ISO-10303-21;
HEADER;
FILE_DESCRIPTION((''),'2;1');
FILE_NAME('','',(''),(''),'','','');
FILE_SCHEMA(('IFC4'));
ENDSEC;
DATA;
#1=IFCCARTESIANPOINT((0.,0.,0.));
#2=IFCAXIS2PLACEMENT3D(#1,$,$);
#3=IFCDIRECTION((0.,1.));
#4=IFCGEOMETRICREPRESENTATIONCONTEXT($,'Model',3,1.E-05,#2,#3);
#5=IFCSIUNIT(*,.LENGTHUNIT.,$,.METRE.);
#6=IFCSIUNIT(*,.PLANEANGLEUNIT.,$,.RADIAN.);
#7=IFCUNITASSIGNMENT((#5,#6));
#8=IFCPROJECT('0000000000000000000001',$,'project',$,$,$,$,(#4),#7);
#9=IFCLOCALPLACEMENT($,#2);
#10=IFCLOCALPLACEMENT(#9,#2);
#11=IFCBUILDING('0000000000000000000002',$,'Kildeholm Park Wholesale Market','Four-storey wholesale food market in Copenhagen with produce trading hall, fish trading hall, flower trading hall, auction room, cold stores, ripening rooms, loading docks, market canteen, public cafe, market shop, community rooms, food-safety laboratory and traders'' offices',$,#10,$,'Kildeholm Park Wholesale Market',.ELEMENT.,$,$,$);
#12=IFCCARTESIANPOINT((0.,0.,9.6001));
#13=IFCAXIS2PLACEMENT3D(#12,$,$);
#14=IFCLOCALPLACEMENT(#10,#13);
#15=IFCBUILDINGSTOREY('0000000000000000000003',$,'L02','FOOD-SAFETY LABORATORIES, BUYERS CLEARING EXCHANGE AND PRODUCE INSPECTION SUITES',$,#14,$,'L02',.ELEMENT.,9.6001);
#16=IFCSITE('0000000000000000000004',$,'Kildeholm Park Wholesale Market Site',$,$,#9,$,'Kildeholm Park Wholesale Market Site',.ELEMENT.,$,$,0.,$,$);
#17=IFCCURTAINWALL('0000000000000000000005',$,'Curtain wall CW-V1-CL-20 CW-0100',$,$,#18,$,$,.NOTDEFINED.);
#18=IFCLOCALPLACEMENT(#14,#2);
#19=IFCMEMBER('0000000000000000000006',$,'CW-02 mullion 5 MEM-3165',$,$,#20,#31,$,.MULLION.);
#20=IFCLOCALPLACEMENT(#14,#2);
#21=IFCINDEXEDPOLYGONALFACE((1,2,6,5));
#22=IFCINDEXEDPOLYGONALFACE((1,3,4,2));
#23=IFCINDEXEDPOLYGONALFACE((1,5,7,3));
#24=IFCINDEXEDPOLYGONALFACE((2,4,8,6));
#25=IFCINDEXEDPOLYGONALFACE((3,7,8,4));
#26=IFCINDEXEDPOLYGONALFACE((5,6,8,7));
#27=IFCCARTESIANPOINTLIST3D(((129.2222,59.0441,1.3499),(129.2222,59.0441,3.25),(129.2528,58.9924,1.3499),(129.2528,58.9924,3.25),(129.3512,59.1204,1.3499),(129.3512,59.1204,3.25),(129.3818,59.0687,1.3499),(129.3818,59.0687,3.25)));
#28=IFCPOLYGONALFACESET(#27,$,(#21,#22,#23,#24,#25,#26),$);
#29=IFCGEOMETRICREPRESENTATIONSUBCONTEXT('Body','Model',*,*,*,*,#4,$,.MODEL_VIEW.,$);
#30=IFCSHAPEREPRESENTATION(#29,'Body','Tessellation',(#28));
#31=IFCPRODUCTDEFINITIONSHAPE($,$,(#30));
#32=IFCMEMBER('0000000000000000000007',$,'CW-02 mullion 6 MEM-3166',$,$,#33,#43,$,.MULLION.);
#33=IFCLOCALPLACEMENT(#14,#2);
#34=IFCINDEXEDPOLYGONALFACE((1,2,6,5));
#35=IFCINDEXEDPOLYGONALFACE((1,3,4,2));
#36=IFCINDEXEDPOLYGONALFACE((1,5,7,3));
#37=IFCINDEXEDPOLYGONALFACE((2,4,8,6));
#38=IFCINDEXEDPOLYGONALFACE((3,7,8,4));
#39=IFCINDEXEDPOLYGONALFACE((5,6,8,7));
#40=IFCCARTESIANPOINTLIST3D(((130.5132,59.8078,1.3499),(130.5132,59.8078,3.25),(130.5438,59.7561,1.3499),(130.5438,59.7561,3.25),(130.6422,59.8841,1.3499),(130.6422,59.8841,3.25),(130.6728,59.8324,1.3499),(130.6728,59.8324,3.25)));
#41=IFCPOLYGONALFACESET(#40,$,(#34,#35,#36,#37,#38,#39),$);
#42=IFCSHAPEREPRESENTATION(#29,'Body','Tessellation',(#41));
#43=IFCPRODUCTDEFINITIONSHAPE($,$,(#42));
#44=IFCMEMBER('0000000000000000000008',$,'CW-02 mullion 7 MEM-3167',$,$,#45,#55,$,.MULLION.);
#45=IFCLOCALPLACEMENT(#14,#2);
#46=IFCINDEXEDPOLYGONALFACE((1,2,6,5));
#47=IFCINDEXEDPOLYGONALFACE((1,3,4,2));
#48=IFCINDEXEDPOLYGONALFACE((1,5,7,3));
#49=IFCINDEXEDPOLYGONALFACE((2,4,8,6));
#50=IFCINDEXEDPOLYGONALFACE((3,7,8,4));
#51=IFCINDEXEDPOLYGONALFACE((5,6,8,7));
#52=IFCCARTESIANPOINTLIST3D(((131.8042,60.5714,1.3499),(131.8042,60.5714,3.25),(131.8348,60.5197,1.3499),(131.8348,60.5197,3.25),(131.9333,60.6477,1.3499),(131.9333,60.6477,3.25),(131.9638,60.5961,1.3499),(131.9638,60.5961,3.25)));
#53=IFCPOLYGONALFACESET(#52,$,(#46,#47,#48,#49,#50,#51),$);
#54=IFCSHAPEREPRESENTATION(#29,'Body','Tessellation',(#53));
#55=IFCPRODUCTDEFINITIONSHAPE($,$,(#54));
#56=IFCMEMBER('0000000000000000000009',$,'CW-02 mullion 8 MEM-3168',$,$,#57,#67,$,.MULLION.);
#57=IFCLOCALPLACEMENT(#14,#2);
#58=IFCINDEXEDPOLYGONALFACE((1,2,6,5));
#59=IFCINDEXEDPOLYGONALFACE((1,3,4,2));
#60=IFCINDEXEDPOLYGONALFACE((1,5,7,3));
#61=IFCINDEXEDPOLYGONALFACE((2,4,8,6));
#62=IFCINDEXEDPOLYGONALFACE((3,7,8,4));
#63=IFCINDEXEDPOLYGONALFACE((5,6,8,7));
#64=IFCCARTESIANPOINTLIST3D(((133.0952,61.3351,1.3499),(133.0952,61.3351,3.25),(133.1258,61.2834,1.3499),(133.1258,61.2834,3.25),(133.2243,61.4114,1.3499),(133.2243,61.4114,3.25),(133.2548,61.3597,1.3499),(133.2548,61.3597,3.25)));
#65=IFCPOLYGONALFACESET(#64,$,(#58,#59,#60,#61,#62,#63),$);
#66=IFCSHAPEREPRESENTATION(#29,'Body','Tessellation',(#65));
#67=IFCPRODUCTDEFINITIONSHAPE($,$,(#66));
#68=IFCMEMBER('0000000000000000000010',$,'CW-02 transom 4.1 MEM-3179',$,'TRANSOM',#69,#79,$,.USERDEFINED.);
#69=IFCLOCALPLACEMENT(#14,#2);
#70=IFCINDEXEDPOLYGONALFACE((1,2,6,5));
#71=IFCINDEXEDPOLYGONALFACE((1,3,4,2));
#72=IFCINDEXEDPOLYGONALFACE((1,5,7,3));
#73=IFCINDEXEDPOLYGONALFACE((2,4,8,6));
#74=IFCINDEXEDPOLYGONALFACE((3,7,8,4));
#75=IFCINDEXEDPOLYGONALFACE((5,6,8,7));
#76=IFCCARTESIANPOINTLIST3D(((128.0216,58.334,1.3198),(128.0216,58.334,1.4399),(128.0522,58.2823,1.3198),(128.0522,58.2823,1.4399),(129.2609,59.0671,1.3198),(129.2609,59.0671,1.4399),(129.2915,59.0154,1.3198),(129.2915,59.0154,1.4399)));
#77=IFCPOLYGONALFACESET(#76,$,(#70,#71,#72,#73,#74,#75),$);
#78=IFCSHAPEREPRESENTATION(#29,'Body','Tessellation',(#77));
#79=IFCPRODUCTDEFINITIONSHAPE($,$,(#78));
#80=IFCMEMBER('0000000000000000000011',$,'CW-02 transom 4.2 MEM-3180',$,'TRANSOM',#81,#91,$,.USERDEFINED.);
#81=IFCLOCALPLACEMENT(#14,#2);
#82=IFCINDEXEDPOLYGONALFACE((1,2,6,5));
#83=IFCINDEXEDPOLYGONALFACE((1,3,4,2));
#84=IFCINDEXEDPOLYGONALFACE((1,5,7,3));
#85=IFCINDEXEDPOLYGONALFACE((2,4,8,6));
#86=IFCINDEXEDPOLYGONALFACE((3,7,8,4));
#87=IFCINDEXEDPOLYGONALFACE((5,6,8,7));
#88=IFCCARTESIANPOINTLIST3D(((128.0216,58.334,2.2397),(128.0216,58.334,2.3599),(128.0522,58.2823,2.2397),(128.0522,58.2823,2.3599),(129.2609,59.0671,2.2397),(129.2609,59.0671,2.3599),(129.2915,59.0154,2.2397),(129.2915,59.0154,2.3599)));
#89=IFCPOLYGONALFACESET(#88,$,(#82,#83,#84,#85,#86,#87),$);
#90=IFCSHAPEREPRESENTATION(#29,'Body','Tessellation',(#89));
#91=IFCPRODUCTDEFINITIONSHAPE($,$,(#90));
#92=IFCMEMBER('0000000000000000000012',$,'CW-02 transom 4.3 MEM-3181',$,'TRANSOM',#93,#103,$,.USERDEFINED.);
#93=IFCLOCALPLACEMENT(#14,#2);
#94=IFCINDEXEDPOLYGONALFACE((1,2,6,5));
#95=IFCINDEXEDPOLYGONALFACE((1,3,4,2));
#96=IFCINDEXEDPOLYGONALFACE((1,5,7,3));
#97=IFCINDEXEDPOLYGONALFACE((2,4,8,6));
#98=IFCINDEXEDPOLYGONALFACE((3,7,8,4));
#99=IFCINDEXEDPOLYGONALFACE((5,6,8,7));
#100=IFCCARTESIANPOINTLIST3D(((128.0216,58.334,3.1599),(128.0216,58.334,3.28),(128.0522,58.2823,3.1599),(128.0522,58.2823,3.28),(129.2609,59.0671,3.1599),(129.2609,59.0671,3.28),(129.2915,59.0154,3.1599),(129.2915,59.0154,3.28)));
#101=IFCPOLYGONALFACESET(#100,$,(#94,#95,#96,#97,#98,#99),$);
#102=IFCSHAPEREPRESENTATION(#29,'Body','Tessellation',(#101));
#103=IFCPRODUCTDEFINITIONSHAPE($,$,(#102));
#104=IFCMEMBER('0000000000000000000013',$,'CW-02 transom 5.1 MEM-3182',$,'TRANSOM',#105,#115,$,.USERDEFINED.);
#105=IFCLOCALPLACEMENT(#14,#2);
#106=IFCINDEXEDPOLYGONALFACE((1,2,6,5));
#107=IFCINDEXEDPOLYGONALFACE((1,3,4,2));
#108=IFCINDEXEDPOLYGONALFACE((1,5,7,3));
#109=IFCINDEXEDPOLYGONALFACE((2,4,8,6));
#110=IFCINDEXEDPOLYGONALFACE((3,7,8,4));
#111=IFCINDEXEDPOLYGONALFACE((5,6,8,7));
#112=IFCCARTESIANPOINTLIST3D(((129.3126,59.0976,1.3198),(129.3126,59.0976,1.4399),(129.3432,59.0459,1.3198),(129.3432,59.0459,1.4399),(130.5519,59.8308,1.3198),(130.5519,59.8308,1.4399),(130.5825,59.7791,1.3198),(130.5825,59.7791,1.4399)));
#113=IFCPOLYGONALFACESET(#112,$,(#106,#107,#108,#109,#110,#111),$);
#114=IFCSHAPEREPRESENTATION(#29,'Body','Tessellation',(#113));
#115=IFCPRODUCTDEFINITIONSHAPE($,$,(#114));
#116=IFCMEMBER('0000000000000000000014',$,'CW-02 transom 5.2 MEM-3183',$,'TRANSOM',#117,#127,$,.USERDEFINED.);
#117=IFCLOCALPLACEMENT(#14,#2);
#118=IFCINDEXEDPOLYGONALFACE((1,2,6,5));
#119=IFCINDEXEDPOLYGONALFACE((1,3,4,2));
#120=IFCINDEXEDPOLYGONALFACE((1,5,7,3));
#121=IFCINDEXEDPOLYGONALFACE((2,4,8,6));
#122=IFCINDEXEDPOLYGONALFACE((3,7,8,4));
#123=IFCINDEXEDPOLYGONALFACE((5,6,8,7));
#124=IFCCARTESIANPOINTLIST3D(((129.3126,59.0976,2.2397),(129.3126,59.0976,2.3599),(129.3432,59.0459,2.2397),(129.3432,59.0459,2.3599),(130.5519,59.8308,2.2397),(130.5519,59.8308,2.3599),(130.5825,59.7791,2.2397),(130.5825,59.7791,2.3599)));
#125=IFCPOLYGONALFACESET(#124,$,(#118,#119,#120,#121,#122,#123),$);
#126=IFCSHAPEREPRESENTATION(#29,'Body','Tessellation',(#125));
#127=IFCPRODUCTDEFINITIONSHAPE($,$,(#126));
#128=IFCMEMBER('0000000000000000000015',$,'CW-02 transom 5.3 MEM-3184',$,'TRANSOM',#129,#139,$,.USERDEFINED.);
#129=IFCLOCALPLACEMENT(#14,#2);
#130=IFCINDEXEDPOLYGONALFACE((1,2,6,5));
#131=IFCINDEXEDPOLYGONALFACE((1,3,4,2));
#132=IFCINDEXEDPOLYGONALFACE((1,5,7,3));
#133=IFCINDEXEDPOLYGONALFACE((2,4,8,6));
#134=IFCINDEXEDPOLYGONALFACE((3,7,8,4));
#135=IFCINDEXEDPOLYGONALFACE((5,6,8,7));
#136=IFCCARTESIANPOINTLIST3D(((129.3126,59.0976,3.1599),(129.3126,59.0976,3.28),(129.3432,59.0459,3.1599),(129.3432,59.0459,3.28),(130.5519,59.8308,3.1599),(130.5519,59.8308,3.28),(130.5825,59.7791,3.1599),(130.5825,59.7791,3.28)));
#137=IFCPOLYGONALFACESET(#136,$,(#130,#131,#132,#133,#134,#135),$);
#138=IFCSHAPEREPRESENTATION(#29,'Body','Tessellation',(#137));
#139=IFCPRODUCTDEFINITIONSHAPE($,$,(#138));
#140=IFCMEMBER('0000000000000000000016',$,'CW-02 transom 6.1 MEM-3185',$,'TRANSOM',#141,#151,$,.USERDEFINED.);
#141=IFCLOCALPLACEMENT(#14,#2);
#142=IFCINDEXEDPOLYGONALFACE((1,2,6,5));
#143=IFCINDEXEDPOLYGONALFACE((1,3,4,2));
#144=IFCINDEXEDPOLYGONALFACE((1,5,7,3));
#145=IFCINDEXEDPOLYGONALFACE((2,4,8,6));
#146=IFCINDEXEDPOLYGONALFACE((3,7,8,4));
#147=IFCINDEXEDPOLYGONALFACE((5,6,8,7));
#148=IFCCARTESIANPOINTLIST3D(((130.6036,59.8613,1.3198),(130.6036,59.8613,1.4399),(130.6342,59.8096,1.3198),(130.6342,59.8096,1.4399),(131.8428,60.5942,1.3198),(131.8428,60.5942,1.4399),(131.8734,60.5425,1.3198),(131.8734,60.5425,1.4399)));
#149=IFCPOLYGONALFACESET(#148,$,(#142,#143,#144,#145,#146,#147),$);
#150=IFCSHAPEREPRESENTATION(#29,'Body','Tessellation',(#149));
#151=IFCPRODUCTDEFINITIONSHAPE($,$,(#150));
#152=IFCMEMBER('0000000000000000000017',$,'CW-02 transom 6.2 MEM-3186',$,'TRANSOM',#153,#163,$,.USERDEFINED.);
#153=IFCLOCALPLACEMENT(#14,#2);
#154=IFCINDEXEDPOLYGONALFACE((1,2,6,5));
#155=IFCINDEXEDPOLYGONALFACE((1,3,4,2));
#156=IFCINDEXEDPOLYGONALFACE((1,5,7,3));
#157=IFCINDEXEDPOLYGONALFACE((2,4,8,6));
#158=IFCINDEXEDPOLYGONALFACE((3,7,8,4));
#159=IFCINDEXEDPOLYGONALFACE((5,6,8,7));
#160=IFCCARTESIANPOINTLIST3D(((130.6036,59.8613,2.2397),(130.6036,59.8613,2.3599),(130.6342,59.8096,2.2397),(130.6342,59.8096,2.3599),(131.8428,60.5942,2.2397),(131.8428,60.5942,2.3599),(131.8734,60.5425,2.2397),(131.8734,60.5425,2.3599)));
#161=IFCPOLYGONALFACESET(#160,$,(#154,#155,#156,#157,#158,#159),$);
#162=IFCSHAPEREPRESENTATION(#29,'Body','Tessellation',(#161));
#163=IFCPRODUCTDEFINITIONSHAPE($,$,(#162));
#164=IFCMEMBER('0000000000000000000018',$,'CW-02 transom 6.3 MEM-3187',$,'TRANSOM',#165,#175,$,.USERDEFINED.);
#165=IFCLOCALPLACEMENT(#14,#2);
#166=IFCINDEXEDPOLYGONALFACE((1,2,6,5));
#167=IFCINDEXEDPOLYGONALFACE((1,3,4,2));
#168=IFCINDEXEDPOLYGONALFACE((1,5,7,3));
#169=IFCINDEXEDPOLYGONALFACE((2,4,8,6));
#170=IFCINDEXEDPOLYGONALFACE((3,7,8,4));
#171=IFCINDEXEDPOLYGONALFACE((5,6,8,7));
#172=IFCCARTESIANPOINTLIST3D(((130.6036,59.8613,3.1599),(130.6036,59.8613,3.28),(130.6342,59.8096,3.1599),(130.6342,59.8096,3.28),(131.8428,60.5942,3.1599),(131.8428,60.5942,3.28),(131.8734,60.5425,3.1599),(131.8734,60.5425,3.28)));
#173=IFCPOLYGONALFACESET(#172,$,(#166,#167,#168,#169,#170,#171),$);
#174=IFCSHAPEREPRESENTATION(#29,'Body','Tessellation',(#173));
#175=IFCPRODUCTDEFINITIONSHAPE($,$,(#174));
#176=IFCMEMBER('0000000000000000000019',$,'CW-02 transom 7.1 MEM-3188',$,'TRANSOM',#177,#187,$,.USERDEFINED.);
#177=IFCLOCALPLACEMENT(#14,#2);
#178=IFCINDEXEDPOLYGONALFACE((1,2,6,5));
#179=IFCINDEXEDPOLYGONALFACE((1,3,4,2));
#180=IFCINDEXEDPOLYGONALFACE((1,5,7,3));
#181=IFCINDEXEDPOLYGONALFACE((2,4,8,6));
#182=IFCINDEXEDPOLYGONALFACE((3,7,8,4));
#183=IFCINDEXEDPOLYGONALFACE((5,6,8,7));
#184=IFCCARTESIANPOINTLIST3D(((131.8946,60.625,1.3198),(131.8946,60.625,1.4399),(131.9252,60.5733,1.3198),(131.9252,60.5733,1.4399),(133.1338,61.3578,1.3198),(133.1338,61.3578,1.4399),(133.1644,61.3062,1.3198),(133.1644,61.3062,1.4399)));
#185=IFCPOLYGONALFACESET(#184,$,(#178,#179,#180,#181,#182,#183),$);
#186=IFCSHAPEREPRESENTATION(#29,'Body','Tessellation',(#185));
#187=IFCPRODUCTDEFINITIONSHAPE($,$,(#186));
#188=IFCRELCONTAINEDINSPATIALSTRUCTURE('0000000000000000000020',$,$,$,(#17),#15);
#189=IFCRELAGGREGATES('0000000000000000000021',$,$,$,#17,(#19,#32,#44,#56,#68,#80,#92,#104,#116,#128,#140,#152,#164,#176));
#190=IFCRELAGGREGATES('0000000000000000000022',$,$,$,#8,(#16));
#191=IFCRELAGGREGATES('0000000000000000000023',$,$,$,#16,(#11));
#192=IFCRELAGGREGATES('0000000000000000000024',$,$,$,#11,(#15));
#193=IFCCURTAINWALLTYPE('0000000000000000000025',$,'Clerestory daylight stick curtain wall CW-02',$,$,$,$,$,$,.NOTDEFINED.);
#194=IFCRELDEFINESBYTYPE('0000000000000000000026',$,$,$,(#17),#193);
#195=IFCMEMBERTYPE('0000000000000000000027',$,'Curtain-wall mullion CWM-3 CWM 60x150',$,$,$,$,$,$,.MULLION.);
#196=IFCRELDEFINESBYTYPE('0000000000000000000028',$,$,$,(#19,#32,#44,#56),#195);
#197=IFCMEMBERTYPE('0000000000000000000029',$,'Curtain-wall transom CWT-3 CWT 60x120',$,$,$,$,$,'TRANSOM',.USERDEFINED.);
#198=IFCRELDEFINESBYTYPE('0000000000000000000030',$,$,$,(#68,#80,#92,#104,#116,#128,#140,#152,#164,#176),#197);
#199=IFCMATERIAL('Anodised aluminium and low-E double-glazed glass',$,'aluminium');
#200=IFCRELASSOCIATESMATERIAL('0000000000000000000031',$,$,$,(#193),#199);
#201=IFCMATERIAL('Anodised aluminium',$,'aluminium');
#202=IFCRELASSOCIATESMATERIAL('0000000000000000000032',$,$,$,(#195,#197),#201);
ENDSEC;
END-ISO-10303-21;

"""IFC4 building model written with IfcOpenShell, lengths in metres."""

from ifc_helpers import new_model, si_unit, direction, frame, origin, origin_2d, place, context, subcontext, project, spatial, rectangle, extrude, material, material_profile, profile_set, type_object, element, aggregate, save


model = new_model("IFC4")

# Units and contexts
model_context = context("Model", 3, precision=1e-05, world=origin(), true_north=direction((0.0, 1.0)))
body_context = subcontext(model_context, "Body", "Model", "MODEL_VIEW")
ifc_project = project(units=[si_unit("LENGTHUNIT", "METRE"), si_unit("PLANEANGLEUNIT", "RADIAN")], contexts=[model_context])

# Site, building, storey
site_placement = place(None, origin())
site = spatial("IfcSite", under=ifc_project, at=site_placement, Name="Kildeholm Park Wholesale Market Site", LongName="Kildeholm Park Wholesale Market Site", CompositionType="ELEMENT", RefElevation=0.0)
building_placement = place(site_placement, origin())
building = spatial("IfcBuilding", under=site, at=building_placement, Name="Kildeholm Park Wholesale Market", Description="Four-storey wholesale food market in Copenhagen with produce trading hall, fish trading hall, flower trading hall, auction room, cold stores, ripening rooms, loading docks, market canteen, public cafe, market shop, community rooms, food-safety laboratory and traders' offices", LongName="Kildeholm Park Wholesale Market", CompositionType="ELEMENT")
storey_placement = place(building_placement, frame((0.0, 0.0, 9.6001)))
storey = spatial("IfcBuildingStorey", under=building, at=storey_placement, Name="L02", Description="FOOD-SAFETY LABORATORIES, BUYERS CLEARING EXCHANGE AND PRODUCE INSPECTION SUITES", LongName="L02", CompositionType="ELEMENT", Elevation=9.6001)

# Curtain wall, members
ifc_material_1 = material(Name="Anodised aluminium and low-E double-glazed glass", Category="aluminium")
curtain_wall_type = type_object("IfcCurtainWallType", Name="Clerestory daylight stick curtain wall CW-02", PredefinedType="NOTDEFINED", material=ifc_material_1)
curtain_wall_placement = place(storey_placement, origin())
curtain_wall = element("IfcCurtainWall", 1, at=curtain_wall_placement, inside=storey, type_object=curtain_wall_type, Name="Curtain wall CW-V1-CL-20 CW-0100", PredefinedType="NOTDEFINED")
ifc_material_2 = material(Name="Anodised aluminium", Category="aluminium")
ifc_material_profile_1 = material_profile(ifc_material_2, rectangle(XDim=0.0601, YDim=0.1499, at=origin_2d()), Name="CWM 60x150")
ifc_profile_set_1 = profile_set([ifc_material_profile_1], Name="Anodised aluminium")
member_type_1 = type_object("IfcMemberType", Name="Curtain-wall mullion CWM-3 CWM 60x150", PredefinedType="MULLION", material=ifc_profile_set_1)
member_1_placement = place(storey_placement, frame((129.302, 59.0564, 1.3499), z_axis=(0.0, 0.0, 1.0), x_axis=(-0.509105, 0.860704, 0.0)))
member_1 = element("IfcMember", 2, at=member_1_placement, type_object=member_type_1, Name="CW-02 mullion 5 MEM-3165", PredefinedType="MULLION", context=body_context, shape_type="SweptSolid", body=[
    extrude(rectangle(XDim=0.0601, YDim=0.1499, at=origin_2d()), origin(), (0.0, 0.0, 1.0), 1.9001),
])
member_2_placement = place(storey_placement, frame((130.593, 59.8201, 1.3499), z_axis=(0.0, 0.0, 1.0), x_axis=(-0.509105, 0.860704, 0.0)))
member_2 = element("IfcMember", 3, at=member_2_placement, type_object=member_type_1, Name="CW-02 mullion 6 MEM-3166", PredefinedType="MULLION", context=body_context, shape_type="SweptSolid", body=[
    extrude(rectangle(XDim=0.0601, YDim=0.1499, at=origin_2d()), origin(), (0.0, 0.0, 1.0), 1.9001),
])
member_3_placement = place(storey_placement, frame((131.884, 60.5837, 1.3499), z_axis=(0.0, 0.0, 1.0), x_axis=(-0.509105, 0.860704, 0.0)))
member_3 = element("IfcMember", 4, at=member_3_placement, type_object=member_type_1, Name="CW-02 mullion 7 MEM-3167", PredefinedType="MULLION", context=body_context, shape_type="SweptSolid", body=[
    extrude(rectangle(XDim=0.0601, YDim=0.1499, at=origin_2d()), origin(), (0.0, 0.0, 1.0), 1.9001),
])
member_4_placement = place(storey_placement, frame((133.175, 61.3474, 1.3499), z_axis=(0.0, 0.0, 1.0), x_axis=(-0.509105, 0.860704, 0.0)))
member_4 = element("IfcMember", 5, at=member_4_placement, type_object=member_type_1, Name="CW-02 mullion 8 MEM-3168", PredefinedType="MULLION", context=body_context, shape_type="SweptSolid", body=[
    extrude(rectangle(XDim=0.0601, YDim=0.1499, at=origin_2d()), origin(), (0.0, 0.0, 1.0), 1.9001),
])
ifc_material_profile_2 = material_profile(ifc_material_2, rectangle(XDim=0.0601, YDim=0.1201, at=origin_2d()), Name="CWT 60x120")
ifc_profile_set_2 = profile_set([ifc_material_profile_2], Name="Anodised aluminium")
member_type_2 = type_object("IfcMemberType", Name="Curtain-wall transom CWT-3 CWT 60x120", ElementType="TRANSOM", PredefinedType="USERDEFINED", material=ifc_profile_set_2)
member_5_placement = place(storey_placement, frame((128.0369, 58.3081, 1.3799), z_axis=(0.860663, 0.509175, 0.0), x_axis=(-0.509175, 0.860663, 0.0)))
member_5 = element("IfcMember", 6, at=member_5_placement, type_object=member_type_2, Name="CW-02 transom 4.1 MEM-3179", ObjectType="TRANSOM", PredefinedType="USERDEFINED", context=body_context, shape_type="SweptSolid", body=[
    extrude(rectangle(XDim=0.0601, YDim=0.1201, at=origin_2d()), origin(), (0.0, 0.0, 1.0), 1.4399),
])
member_6_placement = place(storey_placement, frame((128.0369, 58.3081, 2.2998), z_axis=(0.860663, 0.509175, 0.0), x_axis=(-0.509175, 0.860663, 0.0)))
member_6 = element("IfcMember", 7, at=member_6_placement, type_object=member_type_2, Name="CW-02 transom 4.2 MEM-3180", ObjectType="TRANSOM", PredefinedType="USERDEFINED", context=body_context, shape_type="SweptSolid", body=[
    extrude(rectangle(XDim=0.0601, YDim=0.1201, at=origin_2d()), origin(), (0.0, 0.0, 1.0), 1.4399),
])
member_7_placement = place(storey_placement, frame((128.0369, 58.3081, 3.22), z_axis=(0.860663, 0.509175, 0.0), x_axis=(-0.509175, 0.860663, 0.0)))
member_7 = element("IfcMember", 8, at=member_7_placement, type_object=member_type_2, Name="CW-02 transom 4.3 MEM-3181", ObjectType="TRANSOM", PredefinedType="USERDEFINED", context=body_context, shape_type="SweptSolid", body=[
    extrude(rectangle(XDim=0.0601, YDim=0.1201, at=origin_2d()), origin(), (0.0, 0.0, 1.0), 1.4399),
])
member_8_placement = place(storey_placement, frame((129.3279, 59.0718, 1.3799), z_axis=(0.860663, 0.509175, 0.0), x_axis=(-0.509175, 0.860663, 0.0)))
member_8 = element("IfcMember", 9, at=member_8_placement, type_object=member_type_2, Name="CW-02 transom 5.1 MEM-3182", ObjectType="TRANSOM", PredefinedType="USERDEFINED", context=body_context, shape_type="SweptSolid", body=[
    extrude(rectangle(XDim=0.0601, YDim=0.1201, at=origin_2d()), origin(), (0.0, 0.0, 1.0), 1.4399),
])
member_9_placement = place(storey_placement, frame((129.3279, 59.0718, 2.2998), z_axis=(0.860663, 0.509175, 0.0), x_axis=(-0.509175, 0.860663, 0.0)))
member_9 = element("IfcMember", 10, at=member_9_placement, type_object=member_type_2, Name="CW-02 transom 5.2 MEM-3183", ObjectType="TRANSOM", PredefinedType="USERDEFINED", context=body_context, shape_type="SweptSolid", body=[
    extrude(rectangle(XDim=0.0601, YDim=0.1201, at=origin_2d()), origin(), (0.0, 0.0, 1.0), 1.4399),
])
member_10_placement = place(storey_placement, frame((129.3279, 59.0718, 3.22), z_axis=(0.860663, 0.509175, 0.0), x_axis=(-0.509175, 0.860663, 0.0)))
member_10 = element("IfcMember", 11, at=member_10_placement, type_object=member_type_2, Name="CW-02 transom 5.3 MEM-3184", ObjectType="TRANSOM", PredefinedType="USERDEFINED", context=body_context, shape_type="SweptSolid", body=[
    extrude(rectangle(XDim=0.0601, YDim=0.1201, at=origin_2d()), origin(), (0.0, 0.0, 1.0), 1.4399),
])
member_11_placement = place(storey_placement, frame((130.6189, 59.8354, 1.3799), z_axis=(0.860737, 0.509049, 0.0), x_axis=(-0.509049, 0.860737, 0.0)))
member_11 = element("IfcMember", 12, at=member_11_placement, type_object=member_type_2, Name="CW-02 transom 6.1 MEM-3185", ObjectType="TRANSOM", PredefinedType="USERDEFINED", context=body_context, shape_type="SweptSolid", body=[
    extrude(rectangle(XDim=0.0601, YDim=0.1201, at=origin_2d()), origin(), (0.0, 0.0, 1.0), 1.4397),
])
member_12_placement = place(storey_placement, frame((130.6189, 59.8354, 2.2998), z_axis=(0.860737, 0.509049, 0.0), x_axis=(-0.509049, 0.860737, 0.0)))
member_12 = element("IfcMember", 13, at=member_12_placement, type_object=member_type_2, Name="CW-02 transom 6.2 MEM-3186", ObjectType="TRANSOM", PredefinedType="USERDEFINED", context=body_context, shape_type="SweptSolid", body=[
    extrude(rectangle(XDim=0.0601, YDim=0.1201, at=origin_2d()), origin(), (0.0, 0.0, 1.0), 1.4397),
])
member_13_placement = place(storey_placement, frame((130.6189, 59.8354, 3.22), z_axis=(0.860737, 0.509049, 0.0), x_axis=(-0.509049, 0.860737, 0.0)))
member_13 = element("IfcMember", 14, at=member_13_placement, type_object=member_type_2, Name="CW-02 transom 6.3 MEM-3187", ObjectType="TRANSOM", PredefinedType="USERDEFINED", context=body_context, shape_type="SweptSolid", body=[
    extrude(rectangle(XDim=0.0601, YDim=0.1201, at=origin_2d()), origin(), (0.0, 0.0, 1.0), 1.4397),
])
member_14_placement = place(storey_placement, frame((131.9099, 60.5991, 1.3799), z_axis=(0.860737, 0.509049, 0.0), x_axis=(-0.509049, 0.860737, 0.0)))
member_14 = element("IfcMember", 15, at=member_14_placement, type_object=member_type_2, Name="CW-02 transom 7.1 MEM-3188", ObjectType="TRANSOM", PredefinedType="USERDEFINED", context=body_context, shape_type="SweptSolid", body=[
    extrude(rectangle(XDim=0.0601, YDim=0.1201, at=origin_2d()), origin(), (0.0, 0.0, 1.0), 1.4397),
])
aggregate(curtain_wall, [member_1, member_2, member_3, member_4, member_5, member_6, member_7, member_8, member_9, member_10, member_11, member_12, member_13, member_14])

save(model, "model.ifc")
